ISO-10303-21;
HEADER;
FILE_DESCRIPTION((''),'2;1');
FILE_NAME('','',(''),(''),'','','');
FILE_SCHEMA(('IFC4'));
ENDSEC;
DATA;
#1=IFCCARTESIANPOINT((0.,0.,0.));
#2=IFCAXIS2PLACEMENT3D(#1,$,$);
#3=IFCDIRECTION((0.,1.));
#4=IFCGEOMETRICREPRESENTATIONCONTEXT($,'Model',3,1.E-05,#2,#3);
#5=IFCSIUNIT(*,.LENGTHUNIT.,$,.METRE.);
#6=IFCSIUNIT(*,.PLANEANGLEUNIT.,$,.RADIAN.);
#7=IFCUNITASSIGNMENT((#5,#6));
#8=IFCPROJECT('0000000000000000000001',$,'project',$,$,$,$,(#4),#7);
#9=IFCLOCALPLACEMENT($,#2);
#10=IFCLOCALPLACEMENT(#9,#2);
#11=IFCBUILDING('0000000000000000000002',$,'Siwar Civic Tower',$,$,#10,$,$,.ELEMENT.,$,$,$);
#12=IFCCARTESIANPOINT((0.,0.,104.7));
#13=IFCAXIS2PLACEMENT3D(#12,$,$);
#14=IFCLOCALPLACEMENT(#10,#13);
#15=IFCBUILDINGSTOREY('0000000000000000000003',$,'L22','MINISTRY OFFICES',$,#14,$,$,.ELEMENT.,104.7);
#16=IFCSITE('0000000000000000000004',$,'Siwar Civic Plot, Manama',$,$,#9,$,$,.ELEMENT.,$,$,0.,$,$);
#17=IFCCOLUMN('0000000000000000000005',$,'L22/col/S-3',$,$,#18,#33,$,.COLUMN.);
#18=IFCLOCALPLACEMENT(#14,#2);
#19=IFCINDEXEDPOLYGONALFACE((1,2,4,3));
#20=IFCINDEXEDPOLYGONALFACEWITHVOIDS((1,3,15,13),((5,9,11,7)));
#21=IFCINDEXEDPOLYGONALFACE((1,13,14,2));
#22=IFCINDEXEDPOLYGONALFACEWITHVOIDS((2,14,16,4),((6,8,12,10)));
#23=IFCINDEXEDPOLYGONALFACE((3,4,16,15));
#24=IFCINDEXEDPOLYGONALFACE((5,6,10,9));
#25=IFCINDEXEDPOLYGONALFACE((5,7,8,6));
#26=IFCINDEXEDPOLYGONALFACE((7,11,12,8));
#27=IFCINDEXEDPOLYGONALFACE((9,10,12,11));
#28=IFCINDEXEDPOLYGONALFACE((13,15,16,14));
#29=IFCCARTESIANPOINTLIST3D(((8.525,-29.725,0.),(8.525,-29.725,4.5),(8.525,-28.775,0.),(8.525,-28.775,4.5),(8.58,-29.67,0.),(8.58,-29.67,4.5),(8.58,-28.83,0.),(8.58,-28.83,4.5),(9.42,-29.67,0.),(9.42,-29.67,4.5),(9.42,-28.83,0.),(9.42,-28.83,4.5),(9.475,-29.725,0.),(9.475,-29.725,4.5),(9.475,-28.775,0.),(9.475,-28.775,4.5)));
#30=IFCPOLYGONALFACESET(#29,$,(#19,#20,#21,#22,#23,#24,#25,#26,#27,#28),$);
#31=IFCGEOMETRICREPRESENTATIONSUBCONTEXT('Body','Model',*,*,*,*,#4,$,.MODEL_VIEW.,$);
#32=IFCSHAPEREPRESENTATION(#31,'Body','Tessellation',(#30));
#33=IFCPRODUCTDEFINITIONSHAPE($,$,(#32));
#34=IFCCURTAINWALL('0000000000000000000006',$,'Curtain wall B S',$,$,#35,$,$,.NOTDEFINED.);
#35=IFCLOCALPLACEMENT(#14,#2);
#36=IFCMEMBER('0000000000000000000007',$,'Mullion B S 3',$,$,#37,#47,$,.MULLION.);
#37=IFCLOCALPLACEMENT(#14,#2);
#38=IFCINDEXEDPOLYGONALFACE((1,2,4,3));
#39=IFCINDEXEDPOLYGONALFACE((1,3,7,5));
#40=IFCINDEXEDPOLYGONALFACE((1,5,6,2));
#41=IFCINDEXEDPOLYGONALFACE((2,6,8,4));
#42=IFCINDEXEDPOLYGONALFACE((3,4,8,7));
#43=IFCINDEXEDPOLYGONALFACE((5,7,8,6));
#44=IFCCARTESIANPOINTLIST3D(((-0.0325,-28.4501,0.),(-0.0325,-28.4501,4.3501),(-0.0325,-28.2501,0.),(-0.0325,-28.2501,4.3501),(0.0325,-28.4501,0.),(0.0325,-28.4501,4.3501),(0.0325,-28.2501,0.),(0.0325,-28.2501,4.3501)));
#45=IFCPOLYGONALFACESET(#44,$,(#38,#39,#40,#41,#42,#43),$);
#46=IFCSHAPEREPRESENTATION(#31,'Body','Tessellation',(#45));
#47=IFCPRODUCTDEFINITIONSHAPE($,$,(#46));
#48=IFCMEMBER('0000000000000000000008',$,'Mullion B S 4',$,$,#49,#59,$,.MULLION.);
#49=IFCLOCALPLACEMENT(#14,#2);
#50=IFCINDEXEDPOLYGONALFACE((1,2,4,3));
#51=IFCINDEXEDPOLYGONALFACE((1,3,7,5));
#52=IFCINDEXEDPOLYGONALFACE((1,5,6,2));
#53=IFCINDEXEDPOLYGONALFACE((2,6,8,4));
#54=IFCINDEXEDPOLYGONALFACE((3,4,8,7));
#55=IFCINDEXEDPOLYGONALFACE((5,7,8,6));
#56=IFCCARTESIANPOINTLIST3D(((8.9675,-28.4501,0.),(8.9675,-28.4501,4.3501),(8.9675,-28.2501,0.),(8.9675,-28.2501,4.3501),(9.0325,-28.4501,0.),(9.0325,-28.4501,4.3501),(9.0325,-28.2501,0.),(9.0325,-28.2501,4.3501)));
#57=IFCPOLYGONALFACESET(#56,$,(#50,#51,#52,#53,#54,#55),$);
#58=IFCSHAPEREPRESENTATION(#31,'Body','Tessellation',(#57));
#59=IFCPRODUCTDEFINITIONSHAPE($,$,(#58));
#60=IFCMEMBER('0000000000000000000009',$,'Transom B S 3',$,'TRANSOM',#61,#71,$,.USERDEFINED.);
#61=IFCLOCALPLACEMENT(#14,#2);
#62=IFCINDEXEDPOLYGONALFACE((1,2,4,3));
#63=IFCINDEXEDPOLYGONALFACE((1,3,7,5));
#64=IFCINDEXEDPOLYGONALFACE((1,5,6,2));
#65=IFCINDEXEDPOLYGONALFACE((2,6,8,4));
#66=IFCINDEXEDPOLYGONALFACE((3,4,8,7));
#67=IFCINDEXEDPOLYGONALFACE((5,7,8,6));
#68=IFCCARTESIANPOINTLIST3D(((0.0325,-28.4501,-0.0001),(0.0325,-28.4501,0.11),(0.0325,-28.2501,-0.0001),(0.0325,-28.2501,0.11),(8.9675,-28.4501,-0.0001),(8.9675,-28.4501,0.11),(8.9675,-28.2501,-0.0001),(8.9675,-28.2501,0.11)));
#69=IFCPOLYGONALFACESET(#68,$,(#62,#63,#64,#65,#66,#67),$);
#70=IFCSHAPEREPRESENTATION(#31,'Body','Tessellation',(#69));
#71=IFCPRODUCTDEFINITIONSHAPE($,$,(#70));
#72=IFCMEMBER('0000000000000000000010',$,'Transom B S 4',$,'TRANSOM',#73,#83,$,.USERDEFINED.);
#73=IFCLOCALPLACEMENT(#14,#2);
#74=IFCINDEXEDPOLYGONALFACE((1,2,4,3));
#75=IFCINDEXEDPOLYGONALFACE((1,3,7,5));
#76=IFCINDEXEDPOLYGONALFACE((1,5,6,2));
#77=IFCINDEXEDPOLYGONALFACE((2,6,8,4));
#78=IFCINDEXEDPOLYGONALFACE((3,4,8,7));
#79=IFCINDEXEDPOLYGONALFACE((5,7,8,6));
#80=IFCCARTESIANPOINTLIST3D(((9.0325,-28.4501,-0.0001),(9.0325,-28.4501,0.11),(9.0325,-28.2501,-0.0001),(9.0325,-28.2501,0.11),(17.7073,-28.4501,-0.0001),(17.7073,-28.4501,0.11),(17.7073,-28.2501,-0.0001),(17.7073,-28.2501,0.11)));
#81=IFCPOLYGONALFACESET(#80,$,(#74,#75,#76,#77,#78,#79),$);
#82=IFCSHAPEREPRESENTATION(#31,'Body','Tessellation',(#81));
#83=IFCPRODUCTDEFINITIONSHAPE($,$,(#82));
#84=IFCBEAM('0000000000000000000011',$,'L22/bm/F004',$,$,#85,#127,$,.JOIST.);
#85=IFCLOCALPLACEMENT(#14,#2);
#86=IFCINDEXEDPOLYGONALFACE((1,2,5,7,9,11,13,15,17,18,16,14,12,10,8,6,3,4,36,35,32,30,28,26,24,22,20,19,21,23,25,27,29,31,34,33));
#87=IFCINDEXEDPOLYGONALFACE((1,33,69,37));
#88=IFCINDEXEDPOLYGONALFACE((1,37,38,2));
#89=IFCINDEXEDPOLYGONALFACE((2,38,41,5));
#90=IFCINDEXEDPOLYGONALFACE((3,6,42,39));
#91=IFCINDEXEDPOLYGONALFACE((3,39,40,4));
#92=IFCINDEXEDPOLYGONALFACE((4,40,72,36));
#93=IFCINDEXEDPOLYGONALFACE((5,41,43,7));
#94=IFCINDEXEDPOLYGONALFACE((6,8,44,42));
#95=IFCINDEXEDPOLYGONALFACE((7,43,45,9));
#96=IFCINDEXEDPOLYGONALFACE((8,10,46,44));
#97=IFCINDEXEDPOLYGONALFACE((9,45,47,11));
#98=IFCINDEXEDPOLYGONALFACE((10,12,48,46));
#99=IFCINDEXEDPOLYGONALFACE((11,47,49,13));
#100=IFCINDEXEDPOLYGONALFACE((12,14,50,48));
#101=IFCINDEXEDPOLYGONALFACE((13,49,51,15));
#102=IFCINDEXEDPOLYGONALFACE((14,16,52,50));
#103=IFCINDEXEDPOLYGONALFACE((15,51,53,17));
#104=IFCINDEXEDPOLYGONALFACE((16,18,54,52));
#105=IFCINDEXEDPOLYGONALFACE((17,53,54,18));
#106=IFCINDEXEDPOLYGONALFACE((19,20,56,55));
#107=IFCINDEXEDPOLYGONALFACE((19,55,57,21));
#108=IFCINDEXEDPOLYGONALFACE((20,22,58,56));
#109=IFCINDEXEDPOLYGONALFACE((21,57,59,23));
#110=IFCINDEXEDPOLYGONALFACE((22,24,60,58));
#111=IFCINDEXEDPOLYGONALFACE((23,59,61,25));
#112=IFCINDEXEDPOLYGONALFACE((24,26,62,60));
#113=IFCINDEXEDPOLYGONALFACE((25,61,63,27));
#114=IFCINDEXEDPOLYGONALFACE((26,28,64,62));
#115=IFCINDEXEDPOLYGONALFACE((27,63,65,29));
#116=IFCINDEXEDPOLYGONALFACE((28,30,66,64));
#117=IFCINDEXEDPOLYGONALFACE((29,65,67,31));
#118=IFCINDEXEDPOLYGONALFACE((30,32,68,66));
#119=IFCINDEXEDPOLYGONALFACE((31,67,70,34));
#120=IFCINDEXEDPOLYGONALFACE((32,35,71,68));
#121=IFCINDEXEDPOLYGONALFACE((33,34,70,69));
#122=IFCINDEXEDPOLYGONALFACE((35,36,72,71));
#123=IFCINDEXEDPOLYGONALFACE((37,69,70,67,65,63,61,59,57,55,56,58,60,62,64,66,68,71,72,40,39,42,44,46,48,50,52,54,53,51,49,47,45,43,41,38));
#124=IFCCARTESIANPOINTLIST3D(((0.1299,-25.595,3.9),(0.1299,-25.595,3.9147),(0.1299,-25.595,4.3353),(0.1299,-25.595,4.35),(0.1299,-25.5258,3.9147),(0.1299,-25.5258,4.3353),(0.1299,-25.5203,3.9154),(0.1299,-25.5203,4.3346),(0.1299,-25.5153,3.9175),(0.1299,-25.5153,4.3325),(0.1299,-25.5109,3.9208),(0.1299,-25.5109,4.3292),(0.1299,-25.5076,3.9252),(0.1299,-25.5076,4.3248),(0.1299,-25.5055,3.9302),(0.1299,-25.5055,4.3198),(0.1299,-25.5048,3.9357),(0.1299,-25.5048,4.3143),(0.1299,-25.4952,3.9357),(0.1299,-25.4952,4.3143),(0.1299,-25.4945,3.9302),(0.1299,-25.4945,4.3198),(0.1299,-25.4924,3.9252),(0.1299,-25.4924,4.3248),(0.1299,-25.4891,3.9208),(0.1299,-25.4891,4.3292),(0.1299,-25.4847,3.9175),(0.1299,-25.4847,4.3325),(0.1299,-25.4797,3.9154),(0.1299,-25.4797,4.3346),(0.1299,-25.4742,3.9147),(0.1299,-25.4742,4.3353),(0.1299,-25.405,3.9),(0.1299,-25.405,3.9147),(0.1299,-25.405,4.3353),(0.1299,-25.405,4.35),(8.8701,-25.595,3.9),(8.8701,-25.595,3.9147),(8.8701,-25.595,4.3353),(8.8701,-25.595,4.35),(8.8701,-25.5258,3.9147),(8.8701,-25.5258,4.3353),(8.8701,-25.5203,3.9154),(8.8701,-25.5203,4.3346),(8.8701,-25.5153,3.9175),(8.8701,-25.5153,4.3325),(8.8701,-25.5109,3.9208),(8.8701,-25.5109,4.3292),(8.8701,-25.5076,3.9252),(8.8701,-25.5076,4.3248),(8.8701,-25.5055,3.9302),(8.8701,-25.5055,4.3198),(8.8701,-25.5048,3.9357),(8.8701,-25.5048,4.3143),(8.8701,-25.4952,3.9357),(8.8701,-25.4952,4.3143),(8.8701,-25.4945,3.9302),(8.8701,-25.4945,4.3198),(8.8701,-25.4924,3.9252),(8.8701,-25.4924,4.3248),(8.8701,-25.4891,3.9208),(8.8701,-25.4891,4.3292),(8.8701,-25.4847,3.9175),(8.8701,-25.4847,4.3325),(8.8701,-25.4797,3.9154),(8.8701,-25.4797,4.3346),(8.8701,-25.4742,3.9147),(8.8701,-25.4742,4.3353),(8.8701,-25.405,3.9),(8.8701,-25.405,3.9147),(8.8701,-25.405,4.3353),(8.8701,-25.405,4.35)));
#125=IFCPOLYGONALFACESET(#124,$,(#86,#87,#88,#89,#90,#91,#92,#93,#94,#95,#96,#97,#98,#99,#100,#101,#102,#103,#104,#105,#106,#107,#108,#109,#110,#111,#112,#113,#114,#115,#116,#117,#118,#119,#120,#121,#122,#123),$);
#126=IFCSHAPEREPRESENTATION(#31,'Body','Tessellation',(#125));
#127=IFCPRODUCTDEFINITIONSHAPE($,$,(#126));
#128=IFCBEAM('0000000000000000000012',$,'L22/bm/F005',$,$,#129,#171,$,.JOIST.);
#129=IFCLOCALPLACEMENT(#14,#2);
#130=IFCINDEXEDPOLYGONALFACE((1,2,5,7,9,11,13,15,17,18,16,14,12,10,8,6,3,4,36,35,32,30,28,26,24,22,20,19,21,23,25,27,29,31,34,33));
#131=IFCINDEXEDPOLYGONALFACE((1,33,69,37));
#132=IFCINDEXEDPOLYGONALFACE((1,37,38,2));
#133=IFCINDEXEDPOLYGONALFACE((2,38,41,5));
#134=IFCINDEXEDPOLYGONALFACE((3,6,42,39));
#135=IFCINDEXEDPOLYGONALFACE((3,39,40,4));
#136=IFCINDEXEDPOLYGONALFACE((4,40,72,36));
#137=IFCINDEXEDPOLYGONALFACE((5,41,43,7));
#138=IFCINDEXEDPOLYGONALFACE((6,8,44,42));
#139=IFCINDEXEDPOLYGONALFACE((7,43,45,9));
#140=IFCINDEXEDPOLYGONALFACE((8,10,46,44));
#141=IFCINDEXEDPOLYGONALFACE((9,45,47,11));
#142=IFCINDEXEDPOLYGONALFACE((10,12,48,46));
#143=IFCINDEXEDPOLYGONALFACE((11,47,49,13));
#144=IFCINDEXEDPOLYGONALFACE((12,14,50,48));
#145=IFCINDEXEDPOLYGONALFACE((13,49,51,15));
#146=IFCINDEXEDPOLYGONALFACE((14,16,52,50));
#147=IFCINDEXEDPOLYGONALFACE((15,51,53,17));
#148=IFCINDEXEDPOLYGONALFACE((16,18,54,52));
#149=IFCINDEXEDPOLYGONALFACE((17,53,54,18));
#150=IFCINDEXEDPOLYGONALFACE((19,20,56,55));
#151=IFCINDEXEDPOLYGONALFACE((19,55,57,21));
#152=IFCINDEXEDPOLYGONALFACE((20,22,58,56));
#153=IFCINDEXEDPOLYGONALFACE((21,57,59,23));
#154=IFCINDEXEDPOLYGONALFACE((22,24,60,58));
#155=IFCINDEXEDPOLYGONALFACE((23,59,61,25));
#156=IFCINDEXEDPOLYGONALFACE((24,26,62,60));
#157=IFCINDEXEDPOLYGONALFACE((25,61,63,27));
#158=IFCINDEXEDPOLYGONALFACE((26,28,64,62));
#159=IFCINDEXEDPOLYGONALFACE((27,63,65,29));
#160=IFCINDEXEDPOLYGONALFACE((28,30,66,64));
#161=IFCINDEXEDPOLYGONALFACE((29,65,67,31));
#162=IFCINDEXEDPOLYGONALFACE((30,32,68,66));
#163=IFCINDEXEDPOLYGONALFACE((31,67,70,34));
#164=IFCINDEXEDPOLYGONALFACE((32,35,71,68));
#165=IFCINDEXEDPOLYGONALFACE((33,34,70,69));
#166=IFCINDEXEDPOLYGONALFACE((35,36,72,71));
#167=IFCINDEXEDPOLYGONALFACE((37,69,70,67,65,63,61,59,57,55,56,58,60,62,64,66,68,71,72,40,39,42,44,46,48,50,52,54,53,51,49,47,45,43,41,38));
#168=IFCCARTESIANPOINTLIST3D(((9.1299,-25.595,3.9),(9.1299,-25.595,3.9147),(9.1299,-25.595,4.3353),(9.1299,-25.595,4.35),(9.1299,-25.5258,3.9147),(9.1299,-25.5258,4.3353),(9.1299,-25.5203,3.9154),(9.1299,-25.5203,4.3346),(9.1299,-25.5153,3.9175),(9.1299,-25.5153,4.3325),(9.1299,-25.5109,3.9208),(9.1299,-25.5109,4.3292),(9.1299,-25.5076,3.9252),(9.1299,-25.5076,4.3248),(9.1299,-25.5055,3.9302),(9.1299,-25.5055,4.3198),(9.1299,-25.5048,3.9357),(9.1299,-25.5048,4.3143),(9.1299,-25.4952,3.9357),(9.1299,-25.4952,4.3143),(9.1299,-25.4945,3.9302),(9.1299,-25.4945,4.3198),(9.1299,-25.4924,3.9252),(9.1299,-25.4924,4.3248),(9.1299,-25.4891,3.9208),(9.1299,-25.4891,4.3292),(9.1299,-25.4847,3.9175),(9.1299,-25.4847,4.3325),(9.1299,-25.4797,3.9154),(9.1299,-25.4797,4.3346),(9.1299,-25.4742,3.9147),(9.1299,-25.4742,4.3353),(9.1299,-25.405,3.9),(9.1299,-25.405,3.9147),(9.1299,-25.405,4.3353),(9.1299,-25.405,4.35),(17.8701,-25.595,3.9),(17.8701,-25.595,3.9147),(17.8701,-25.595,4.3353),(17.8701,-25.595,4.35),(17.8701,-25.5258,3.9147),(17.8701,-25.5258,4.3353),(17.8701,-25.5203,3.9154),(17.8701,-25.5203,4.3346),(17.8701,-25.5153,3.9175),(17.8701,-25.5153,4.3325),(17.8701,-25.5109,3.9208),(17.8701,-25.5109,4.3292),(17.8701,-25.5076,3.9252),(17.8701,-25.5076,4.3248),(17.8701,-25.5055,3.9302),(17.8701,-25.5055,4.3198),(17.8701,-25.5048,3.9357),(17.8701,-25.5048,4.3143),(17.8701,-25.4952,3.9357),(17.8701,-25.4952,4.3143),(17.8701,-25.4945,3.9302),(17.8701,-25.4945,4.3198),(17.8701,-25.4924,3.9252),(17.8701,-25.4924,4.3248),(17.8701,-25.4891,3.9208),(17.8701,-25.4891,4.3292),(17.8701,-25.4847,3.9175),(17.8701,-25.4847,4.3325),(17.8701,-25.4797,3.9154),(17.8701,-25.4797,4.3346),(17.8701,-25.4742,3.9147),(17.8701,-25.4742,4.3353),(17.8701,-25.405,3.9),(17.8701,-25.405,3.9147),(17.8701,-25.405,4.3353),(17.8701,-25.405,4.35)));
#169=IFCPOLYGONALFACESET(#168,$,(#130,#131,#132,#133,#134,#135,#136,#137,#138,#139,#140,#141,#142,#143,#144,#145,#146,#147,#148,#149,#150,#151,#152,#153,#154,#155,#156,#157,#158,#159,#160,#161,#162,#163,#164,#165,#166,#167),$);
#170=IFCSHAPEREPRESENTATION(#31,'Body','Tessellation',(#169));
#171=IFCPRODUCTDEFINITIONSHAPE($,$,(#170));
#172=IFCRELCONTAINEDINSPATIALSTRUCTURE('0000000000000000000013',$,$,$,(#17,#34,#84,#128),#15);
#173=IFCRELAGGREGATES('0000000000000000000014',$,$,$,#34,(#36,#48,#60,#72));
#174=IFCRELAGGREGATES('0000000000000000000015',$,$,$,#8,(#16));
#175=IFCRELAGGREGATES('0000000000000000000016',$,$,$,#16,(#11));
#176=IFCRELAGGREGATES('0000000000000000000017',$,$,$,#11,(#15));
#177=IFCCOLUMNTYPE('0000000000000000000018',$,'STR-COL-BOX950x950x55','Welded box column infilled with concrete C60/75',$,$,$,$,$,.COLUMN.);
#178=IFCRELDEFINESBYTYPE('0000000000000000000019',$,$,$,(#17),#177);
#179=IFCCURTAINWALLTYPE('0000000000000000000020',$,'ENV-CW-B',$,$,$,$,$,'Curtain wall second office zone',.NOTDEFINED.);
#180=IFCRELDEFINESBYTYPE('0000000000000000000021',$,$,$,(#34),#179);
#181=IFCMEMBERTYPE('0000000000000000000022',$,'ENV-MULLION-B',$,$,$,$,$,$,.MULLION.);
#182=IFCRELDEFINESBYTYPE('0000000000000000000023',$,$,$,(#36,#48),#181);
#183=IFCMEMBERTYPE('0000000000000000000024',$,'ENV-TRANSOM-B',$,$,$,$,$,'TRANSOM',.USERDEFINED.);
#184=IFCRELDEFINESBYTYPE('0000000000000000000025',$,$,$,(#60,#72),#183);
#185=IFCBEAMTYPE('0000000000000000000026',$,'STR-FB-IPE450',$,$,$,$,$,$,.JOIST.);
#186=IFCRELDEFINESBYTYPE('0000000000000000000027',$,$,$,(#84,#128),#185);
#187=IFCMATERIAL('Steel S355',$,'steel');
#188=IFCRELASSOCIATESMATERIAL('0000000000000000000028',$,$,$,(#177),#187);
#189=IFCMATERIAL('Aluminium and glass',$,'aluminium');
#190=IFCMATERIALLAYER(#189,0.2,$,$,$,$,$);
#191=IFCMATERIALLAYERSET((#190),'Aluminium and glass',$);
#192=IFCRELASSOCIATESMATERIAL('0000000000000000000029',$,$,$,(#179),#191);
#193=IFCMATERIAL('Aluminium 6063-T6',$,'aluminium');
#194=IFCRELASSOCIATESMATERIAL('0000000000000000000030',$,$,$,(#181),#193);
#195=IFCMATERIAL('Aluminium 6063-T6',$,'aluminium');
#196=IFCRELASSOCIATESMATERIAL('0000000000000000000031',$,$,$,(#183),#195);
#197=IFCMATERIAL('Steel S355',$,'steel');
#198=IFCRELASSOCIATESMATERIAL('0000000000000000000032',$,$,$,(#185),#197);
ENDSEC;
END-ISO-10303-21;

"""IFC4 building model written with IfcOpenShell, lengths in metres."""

from ifc_helpers import new_model, si_unit, direction, frame, origin, origin_2d, place, context, subcontext, project, spatial, rectangle, hollow_rectangle, i_section, extrude, material, layer, layer_set, material_profile, profile_set, type_object, element, aggregate, save


model = new_model("IFC4")

# Units and contexts
model_context = context("Model", 3, precision=1e-05, world=origin(), true_north=direction((0.0, 1.0)))
body_context = subcontext(model_context, "Body", "Model", "MODEL_VIEW")
ifc_project = project(units=[si_unit("LENGTHUNIT", "METRE"), si_unit("PLANEANGLEUNIT", "RADIAN")], contexts=[model_context])

# Site, building, storey
site_placement = place(None, origin())
site = spatial("IfcSite", under=ifc_project, at=site_placement, Name="Siwar Civic Plot, Manama", CompositionType="ELEMENT", RefElevation=0.0)
building_placement = place(site_placement, origin())
building = spatial("IfcBuilding", under=site, at=building_placement, Name="Siwar Civic Tower", CompositionType="ELEMENT")
storey_placement = place(building_placement, frame((0.0, 0.0, 104.7)))
storey = spatial("IfcBuildingStorey", under=building, at=storey_placement, Name="L22", Description="MINISTRY OFFICES", CompositionType="ELEMENT", Elevation=104.7)

# Column
ifc_material_1 = material(Name="Steel S355", Category="steel")
ifc_material_profile_1 = material_profile(ifc_material_1, hollow_rectangle(XDim=0.95, YDim=0.95, WallThickness=0.0549, at=origin_2d()), Name="BOX950x950x55")
ifc_profile_set_1 = profile_set([ifc_material_profile_1], Name="Steel S355")
column_type = type_object("IfcColumnType", Name="STR-COL-BOX950x950x55", Description="Welded box column infilled with concrete C60/75", PredefinedType="COLUMN", material=ifc_profile_set_1)
column_placement = place(storey_placement, frame((9.0, -29.25, 0.0), z_axis=(0.0, 0.0, 1.0), x_axis=(1.0, 0.0, 0.0)))
element("IfcColumn", 1, at=column_placement, inside=storey, type_object=column_type, Name="L22/col/S-3", PredefinedType="COLUMN", context=body_context, shape_type="SweptSolid", body=[
    extrude(hollow_rectangle(XDim=0.95, YDim=0.95, WallThickness=0.0549, at=origin_2d()), origin(), (0.0, 0.0, 1.0), 4.5),
])

# Curtain wall, members
ifc_material_2 = material(Name="Aluminium and glass", Category="aluminium")
ifc_layer_1 = layer(ifc_material_2, 0.2)
ifc_layer_set_1 = layer_set([ifc_layer_1], Name="Aluminium and glass")
curtain_wall_type = type_object("IfcCurtainWallType", Name="ENV-CW-B", ElementType="Curtain wall second office zone", PredefinedType="NOTDEFINED", material=ifc_layer_set_1)
curtain_wall_placement = place(storey_placement, origin())
curtain_wall = element("IfcCurtainWall", 2, at=curtain_wall_placement, inside=storey, type_object=curtain_wall_type, Name="Curtain wall B S", PredefinedType="NOTDEFINED")
ifc_material_3 = material(Name="Aluminium 6063-T6", Category="aluminium")
ifc_material_profile_2 = material_profile(ifc_material_3, rectangle(XDim=0.2, YDim=0.0649, at=origin_2d()), Name="AL 200x65")
ifc_profile_set_2 = profile_set([ifc_material_profile_2], Name="Aluminium 6063-T6")
member_type_1 = type_object("IfcMemberType", Name="ENV-MULLION-B", PredefinedType="MULLION", material=ifc_profile_set_2)
member_1_placement = place(storey_placement, frame((0.0, -28.3501, 0.0), z_axis=(0.0, 0.0, 1.0), x_axis=(0.0, 1.0, 0.0)))
member_1 = element("IfcMember", 3, at=member_1_placement, type_object=member_type_1, Name="Mullion B S 3", PredefinedType="MULLION", context=body_context, shape_type="SweptSolid", body=[
    extrude(rectangle(XDim=0.2, YDim=0.0649, at=origin_2d()), origin(), (0.0, 0.0, 1.0), 4.3501),
])
member_2_placement = place(storey_placement, frame((9.0, -28.3501, 0.0), z_axis=(0.0, 0.0, 1.0), x_axis=(0.0, 1.0, 0.0)))
member_2 = element("IfcMember", 4, at=member_2_placement, type_object=member_type_1, Name="Mullion B S 4", PredefinedType="MULLION", context=body_context, shape_type="SweptSolid", body=[
    extrude(rectangle(XDim=0.2, YDim=0.0649, at=origin_2d()), origin(), (0.0, 0.0, 1.0), 4.3501),
])
ifc_material_4 = material(Name="Aluminium 6063-T6", Category="aluminium")
ifc_material_profile_3 = material_profile(ifc_material_4, rectangle(XDim=0.2, YDim=0.1101, at=origin_2d()), Name="AL 200x110")
ifc_profile_set_3 = profile_set([ifc_material_profile_3], Name="Aluminium 6063-T6")
member_type_2 = type_object("IfcMemberType", Name="ENV-TRANSOM-B", ElementType="TRANSOM", PredefinedType="USERDEFINED", material=ifc_profile_set_3)
member_3_placement = place(storey_placement, frame((0.0325, -28.3501, 0.0549), z_axis=(1.0, 0.0, 0.0), x_axis=(0.0, 1.0, 0.0)))
member_3 = element("IfcMember", 5, at=member_3_placement, type_object=member_type_2, Name="Transom B S 3", ObjectType="TRANSOM", PredefinedType="USERDEFINED", context=body_context, shape_type="SweptSolid", body=[
    extrude(rectangle(XDim=0.2, YDim=0.1101, at=origin_2d()), origin(), (0.0, 0.0, 1.0), 8.9351),
])
member_4_placement = place(storey_placement, frame((9.0325, -28.3501, 0.0549), z_axis=(1.0, 0.0, 0.0), x_axis=(0.0, 1.0, 0.0)))
member_4 = element("IfcMember", 6, at=member_4_placement, type_object=member_type_2, Name="Transom B S 4", ObjectType="TRANSOM", PredefinedType="USERDEFINED", context=body_context, shape_type="SweptSolid", body=[
    extrude(rectangle(XDim=0.2, YDim=0.1101, at=origin_2d()), origin(), (0.0, 0.0, 1.0), 8.6748),
])

# Beams
ifc_material_5 = material(Name="Steel S355", Category="steel")
ifc_material_profile_4 = material_profile(ifc_material_5, i_section(OverallWidth=0.1899, OverallDepth=0.45, WebThickness=0.0095, FlangeThickness=0.0146, FilletRadius=0.021, at=origin_2d()), Name="IPE450")
ifc_profile_set_4 = profile_set([ifc_material_profile_4], Name="Steel S355")
beam_type_1 = type_object("IfcBeamType", Name="STR-FB-IPE450", PredefinedType="JOIST", material=ifc_profile_set_4)
for number, where, z_axis, x_axis, name in (
    (7, (0.1299, -25.5, 4.125), (1.0, 0.0, 0.0), (0.0, 1.0, 0.0), "L22/bm/F004"),
    (8, (9.1299, -25.5, 4.125), (1.0, 0.0, 0.0), (0.0, 1.0, 0.0), "L22/bm/F005"),
):
    element("IfcBeam", number, at=place(storey_placement, frame(where, z_axis=z_axis, x_axis=x_axis)), inside=storey, type_object=beam_type_1, Name=name, PredefinedType="JOIST", context=body_context, shape_type="SweptSolid", body=[
        extrude(i_section(OverallWidth=0.1899, OverallDepth=0.45, WebThickness=0.0095, FlangeThickness=0.0146, FilletRadius=0.021, at=origin_2d()), origin(), (0.0, 0.0, 1.0), 8.7402),
    ])

aggregate(curtain_wall, [member_1, member_2, member_3, member_4])

save(model, "model.ifc")
